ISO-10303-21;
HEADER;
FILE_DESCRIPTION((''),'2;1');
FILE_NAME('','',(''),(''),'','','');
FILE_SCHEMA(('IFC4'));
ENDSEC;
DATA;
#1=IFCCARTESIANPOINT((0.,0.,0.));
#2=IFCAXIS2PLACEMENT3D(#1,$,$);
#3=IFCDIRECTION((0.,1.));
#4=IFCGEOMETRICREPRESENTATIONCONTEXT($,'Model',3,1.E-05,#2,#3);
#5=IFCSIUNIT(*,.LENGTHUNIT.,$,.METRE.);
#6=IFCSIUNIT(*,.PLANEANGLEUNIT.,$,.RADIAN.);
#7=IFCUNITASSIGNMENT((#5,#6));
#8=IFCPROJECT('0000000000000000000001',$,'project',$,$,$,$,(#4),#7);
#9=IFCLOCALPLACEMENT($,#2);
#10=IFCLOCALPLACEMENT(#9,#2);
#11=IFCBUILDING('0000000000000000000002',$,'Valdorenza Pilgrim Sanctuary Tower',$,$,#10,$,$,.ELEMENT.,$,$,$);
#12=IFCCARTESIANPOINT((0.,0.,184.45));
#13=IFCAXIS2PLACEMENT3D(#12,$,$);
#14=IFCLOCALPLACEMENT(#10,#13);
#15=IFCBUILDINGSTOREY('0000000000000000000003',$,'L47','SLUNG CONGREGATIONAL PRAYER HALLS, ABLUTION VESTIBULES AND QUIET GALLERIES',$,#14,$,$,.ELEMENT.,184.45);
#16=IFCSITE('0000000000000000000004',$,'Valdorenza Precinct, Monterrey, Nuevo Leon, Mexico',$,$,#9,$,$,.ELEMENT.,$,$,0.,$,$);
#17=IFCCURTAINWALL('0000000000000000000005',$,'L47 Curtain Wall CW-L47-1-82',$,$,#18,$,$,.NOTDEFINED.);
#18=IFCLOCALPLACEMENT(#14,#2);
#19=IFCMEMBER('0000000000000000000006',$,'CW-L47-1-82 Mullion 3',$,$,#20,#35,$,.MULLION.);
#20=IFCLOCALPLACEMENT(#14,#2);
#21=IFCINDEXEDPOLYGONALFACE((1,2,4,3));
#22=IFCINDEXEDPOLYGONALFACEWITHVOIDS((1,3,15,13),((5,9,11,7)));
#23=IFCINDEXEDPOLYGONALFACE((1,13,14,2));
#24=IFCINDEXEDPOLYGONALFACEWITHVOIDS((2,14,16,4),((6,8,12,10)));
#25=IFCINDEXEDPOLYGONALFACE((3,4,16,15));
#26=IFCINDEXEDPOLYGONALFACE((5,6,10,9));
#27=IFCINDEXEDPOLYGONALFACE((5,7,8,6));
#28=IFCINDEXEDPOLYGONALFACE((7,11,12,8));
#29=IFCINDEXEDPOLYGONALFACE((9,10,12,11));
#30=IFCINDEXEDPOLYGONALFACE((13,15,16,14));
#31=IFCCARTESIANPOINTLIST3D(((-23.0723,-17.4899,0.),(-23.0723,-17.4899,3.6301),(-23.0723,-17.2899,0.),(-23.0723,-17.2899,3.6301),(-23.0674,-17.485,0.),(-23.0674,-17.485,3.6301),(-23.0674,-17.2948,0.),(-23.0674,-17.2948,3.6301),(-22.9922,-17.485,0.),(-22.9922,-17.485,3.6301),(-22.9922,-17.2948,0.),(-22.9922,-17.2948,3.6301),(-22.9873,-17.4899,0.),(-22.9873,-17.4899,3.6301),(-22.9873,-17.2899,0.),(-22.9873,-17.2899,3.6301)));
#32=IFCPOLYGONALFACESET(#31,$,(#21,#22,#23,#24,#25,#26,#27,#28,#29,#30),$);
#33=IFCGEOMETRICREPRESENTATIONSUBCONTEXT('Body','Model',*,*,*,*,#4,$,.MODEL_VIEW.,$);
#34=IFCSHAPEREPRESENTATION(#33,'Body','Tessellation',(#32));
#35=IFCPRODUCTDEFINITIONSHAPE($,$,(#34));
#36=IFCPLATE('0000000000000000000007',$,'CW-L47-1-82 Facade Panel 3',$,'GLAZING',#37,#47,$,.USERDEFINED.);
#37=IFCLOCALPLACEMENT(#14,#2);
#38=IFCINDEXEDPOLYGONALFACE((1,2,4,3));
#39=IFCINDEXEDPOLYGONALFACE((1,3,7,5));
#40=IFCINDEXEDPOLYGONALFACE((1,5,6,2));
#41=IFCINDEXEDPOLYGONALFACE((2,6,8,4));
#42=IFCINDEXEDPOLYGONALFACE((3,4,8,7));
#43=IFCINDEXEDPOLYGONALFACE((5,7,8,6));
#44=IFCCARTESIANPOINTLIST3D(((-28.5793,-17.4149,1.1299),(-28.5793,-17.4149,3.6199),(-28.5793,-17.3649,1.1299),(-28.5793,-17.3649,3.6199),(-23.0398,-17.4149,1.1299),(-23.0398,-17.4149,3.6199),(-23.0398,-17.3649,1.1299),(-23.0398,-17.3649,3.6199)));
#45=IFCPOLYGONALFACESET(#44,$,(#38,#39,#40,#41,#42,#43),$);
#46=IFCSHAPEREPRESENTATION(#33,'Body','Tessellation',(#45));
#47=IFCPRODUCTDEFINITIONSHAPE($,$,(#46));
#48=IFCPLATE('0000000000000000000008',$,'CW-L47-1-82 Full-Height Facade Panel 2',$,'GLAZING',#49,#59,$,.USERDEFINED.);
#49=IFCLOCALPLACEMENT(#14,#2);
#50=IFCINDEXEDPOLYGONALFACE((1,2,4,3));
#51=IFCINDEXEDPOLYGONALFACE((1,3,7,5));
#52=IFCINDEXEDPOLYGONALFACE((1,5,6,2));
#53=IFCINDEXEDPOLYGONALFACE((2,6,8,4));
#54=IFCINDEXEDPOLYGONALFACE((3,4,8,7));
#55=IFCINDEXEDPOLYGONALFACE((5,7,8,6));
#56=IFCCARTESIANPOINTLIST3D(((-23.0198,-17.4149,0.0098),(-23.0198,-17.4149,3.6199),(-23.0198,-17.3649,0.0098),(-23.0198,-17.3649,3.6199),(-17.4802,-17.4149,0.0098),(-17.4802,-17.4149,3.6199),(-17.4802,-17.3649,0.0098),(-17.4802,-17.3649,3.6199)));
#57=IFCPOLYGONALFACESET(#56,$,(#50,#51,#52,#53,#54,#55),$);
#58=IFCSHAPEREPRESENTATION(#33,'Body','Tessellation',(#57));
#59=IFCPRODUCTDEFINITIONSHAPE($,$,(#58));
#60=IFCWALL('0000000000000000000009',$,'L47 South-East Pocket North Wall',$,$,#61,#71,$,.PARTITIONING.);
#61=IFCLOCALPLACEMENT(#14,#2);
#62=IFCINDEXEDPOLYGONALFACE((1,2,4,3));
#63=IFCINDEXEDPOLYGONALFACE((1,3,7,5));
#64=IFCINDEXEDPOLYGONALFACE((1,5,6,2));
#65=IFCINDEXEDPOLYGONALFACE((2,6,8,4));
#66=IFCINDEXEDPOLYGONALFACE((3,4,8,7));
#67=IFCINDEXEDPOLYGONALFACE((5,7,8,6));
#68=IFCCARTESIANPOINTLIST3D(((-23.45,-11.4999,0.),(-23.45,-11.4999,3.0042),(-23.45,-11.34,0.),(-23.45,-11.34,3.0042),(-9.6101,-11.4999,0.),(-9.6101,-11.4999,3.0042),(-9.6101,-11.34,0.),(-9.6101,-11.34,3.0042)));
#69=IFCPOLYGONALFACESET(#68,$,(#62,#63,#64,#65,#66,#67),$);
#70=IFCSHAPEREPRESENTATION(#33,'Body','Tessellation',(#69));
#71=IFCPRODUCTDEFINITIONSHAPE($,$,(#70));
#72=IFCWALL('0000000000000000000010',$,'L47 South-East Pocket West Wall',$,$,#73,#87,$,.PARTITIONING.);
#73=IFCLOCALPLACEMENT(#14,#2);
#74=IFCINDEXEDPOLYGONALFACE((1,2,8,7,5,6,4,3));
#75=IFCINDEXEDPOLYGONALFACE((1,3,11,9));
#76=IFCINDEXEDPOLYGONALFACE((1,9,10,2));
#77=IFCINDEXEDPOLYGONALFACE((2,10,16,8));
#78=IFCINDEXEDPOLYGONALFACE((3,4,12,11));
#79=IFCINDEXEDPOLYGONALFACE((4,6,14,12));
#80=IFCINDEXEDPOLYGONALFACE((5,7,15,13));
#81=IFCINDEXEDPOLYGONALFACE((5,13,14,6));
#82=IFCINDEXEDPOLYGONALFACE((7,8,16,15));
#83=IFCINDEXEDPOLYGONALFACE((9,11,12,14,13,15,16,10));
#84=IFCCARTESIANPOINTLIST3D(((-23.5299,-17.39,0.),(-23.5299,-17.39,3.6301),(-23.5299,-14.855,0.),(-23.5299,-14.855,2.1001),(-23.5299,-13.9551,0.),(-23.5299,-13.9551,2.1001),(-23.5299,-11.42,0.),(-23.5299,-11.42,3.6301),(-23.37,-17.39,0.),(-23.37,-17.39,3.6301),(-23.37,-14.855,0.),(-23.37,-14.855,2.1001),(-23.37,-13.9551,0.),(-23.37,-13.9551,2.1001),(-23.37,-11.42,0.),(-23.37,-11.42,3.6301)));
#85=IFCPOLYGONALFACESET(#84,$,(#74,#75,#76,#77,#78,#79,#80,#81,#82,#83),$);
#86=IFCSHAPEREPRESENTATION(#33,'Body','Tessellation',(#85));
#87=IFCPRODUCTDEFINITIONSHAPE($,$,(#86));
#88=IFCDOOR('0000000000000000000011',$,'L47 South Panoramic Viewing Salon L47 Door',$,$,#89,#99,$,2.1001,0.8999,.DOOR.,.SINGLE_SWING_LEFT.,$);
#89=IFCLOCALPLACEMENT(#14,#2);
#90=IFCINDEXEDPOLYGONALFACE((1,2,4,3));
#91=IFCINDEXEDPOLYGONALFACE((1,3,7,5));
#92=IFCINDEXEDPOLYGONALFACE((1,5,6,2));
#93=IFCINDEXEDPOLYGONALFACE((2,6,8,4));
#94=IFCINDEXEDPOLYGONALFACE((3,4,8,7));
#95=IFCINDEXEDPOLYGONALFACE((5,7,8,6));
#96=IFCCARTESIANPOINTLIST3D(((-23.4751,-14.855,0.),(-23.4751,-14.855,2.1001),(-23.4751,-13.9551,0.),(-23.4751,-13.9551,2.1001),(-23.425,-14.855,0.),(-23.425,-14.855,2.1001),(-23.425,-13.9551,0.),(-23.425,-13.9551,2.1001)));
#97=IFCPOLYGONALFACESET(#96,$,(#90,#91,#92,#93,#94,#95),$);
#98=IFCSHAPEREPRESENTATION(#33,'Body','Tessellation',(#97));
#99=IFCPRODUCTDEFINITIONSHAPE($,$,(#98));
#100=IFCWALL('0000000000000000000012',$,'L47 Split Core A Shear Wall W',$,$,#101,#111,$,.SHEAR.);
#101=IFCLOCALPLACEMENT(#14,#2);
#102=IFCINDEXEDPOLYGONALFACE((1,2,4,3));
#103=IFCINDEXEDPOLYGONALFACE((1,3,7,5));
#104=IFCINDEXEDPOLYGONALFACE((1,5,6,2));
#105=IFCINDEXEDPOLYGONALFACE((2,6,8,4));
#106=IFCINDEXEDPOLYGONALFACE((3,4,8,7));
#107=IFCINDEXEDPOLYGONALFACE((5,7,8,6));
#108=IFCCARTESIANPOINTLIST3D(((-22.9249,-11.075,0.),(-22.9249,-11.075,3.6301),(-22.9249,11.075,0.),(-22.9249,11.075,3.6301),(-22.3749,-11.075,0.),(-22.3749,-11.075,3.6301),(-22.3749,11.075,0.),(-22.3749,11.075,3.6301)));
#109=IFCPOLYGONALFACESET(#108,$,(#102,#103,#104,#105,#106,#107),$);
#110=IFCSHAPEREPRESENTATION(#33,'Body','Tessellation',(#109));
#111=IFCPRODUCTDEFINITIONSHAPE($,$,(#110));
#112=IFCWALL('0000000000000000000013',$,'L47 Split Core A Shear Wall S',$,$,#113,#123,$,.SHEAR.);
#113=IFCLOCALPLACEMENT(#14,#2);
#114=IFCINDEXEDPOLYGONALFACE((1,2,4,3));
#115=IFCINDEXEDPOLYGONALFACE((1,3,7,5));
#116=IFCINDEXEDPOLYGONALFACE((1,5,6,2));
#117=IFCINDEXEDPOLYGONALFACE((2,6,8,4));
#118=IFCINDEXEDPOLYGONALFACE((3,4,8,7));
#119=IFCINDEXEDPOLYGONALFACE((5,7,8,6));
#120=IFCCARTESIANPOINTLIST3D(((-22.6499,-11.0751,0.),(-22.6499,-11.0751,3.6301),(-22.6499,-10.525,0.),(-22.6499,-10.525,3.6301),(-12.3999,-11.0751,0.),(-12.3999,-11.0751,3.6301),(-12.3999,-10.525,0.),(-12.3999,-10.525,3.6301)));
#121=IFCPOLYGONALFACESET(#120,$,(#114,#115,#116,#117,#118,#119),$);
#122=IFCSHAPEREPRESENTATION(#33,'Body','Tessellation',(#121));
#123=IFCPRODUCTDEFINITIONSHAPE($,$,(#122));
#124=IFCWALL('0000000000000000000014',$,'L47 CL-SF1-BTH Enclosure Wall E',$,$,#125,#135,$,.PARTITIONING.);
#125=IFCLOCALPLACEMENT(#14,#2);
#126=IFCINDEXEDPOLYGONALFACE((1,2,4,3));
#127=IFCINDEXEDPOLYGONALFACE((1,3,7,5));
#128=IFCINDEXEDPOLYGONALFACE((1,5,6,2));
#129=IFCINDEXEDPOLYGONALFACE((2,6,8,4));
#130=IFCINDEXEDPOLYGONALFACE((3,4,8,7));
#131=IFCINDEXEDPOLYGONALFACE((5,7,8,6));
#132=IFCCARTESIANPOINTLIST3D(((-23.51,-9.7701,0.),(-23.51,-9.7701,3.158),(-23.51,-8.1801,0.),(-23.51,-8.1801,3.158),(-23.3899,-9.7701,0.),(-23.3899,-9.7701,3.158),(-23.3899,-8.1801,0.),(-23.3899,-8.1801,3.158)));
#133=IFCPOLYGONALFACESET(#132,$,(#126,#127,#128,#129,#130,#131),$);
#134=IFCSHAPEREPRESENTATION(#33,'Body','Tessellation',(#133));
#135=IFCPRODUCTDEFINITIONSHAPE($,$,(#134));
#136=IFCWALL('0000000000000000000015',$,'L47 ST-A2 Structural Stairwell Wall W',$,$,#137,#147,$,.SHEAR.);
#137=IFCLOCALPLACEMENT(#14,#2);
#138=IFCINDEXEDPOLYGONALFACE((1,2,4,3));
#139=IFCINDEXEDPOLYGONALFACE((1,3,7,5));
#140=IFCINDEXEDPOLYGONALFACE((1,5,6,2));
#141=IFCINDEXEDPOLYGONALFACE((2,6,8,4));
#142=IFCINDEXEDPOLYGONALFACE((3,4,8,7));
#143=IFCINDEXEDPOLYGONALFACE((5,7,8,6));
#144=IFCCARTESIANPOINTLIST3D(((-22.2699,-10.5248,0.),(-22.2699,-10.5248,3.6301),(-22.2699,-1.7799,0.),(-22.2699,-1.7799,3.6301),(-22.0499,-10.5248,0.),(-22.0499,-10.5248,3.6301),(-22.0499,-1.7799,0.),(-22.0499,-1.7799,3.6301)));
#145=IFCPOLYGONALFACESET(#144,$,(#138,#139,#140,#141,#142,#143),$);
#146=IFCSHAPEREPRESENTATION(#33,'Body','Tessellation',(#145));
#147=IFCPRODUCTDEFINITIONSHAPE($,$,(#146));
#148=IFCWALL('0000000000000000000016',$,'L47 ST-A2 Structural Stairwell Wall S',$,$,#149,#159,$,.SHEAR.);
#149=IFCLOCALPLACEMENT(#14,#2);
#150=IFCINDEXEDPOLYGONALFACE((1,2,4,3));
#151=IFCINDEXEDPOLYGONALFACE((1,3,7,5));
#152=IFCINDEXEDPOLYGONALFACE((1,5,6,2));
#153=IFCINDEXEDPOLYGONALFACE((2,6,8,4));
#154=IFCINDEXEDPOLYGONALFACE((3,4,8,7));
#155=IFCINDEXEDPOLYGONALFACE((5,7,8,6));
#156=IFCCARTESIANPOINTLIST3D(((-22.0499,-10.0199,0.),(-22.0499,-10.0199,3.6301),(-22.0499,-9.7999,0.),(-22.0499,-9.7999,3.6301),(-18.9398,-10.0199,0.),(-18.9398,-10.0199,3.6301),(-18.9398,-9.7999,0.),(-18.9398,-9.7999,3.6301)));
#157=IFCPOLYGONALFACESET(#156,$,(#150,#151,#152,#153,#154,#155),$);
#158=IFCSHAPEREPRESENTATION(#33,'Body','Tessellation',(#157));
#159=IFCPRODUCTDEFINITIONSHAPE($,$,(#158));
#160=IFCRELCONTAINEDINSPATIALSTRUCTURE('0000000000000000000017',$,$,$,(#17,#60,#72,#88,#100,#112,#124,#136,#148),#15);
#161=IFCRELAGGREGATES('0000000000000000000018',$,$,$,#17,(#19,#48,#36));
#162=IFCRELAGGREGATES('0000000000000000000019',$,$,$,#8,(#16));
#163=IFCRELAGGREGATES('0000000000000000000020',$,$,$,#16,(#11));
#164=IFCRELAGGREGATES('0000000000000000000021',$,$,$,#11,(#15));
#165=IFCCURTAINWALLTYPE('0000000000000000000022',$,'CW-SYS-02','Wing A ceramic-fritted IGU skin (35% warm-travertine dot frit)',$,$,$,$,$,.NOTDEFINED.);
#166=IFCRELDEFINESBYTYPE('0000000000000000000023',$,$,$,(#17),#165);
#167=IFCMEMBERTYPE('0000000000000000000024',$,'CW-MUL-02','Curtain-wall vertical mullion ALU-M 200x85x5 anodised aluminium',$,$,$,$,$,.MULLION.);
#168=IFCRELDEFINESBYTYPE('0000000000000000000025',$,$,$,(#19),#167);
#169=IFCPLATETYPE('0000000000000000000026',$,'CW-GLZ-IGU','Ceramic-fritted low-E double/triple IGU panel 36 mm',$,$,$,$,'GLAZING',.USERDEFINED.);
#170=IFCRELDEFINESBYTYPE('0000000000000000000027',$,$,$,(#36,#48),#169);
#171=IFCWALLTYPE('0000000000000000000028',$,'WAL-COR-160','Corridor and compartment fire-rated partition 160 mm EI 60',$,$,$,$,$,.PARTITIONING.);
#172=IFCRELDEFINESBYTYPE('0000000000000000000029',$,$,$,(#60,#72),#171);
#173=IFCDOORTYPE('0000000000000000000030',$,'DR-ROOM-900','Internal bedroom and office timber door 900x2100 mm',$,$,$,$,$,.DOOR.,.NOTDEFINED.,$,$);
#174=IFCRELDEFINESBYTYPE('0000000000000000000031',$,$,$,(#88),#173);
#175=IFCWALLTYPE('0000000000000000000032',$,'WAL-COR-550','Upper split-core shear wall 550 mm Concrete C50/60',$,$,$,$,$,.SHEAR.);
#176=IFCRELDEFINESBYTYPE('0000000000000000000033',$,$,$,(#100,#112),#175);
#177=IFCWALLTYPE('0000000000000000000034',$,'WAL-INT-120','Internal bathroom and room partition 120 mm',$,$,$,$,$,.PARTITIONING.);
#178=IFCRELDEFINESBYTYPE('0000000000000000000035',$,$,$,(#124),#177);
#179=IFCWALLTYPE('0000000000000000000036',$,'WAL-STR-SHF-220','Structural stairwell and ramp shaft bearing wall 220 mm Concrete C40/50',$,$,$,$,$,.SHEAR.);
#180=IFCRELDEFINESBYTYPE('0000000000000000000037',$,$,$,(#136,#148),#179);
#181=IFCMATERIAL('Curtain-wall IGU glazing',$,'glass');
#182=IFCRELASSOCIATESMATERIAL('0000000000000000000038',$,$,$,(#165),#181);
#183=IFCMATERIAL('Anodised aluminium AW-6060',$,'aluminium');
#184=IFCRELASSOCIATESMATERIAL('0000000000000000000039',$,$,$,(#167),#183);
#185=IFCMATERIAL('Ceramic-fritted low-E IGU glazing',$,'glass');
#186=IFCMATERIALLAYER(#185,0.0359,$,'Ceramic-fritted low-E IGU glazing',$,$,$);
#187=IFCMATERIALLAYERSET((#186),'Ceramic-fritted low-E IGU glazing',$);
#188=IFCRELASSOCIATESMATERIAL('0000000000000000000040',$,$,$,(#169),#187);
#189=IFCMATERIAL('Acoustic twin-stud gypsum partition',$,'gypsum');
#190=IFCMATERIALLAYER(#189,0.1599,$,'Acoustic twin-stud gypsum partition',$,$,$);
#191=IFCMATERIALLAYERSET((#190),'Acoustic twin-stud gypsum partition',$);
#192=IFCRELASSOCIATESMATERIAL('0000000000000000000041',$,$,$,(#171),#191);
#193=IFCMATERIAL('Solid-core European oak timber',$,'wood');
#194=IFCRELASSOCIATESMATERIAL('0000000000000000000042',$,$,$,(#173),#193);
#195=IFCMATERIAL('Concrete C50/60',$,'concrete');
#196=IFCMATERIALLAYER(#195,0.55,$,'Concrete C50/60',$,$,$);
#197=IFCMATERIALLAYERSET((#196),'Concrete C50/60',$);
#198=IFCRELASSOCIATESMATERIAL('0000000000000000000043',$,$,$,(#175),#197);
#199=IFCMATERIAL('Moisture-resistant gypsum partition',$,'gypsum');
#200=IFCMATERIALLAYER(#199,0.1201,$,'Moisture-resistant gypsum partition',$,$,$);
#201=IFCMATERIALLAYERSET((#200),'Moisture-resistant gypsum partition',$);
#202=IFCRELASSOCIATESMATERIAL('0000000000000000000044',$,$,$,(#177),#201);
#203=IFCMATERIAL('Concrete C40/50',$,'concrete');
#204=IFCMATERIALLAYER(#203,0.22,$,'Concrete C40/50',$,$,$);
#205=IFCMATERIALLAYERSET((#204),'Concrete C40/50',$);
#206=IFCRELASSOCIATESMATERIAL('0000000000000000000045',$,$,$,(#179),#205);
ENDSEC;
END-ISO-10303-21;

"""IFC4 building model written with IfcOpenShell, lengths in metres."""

from ifc_helpers import new_model, si_unit, direction, frame, frame_2d, origin, origin_2d, place, context, subcontext, project, spatial, rectangle, hollow_rectangle, extrude, source, transform, mapped, material, layer, layer_set, material_profile, profile_set, type_object, element, fill, aggregate, save


model = new_model("IFC4")

# Units and contexts
model_context = context("Model", 3, precision=1e-05, world=origin(), true_north=direction((0.0, 1.0)))
body_context = subcontext(model_context, "Body", "Model", "MODEL_VIEW")
ifc_project = project(units=[si_unit("LENGTHUNIT", "METRE"), si_unit("PLANEANGLEUNIT", "RADIAN")], contexts=[model_context])

# Site, building, storey
site_placement = place(None, origin())
site = spatial("IfcSite", under=ifc_project, at=site_placement, Name="Valdorenza Precinct, Monterrey, Nuevo Leon, Mexico", CompositionType="ELEMENT", RefElevation=0.0)
building_placement = place(site_placement, origin())
building = spatial("IfcBuilding", under=site, at=building_placement, Name="Valdorenza Pilgrim Sanctuary Tower", CompositionType="ELEMENT")
storey_placement = place(building_placement, frame((0.0, 0.0, 184.45)))
storey = spatial("IfcBuildingStorey", under=building, at=storey_placement, Name="L47", Description="SLUNG CONGREGATIONAL PRAYER HALLS, ABLUTION VESTIBULES AND QUIET GALLERIES", CompositionType="ELEMENT", Elevation=184.45)

# Shared definitions
ifc_material_1 = material(Name="Concrete C50/60", Category="concrete")

# Curtain wall, member, plates
ifc_material_2 = material(Name="Curtain-wall IGU glazing", Category="glass")
curtain_wall_type = type_object("IfcCurtainWallType", Name="CW-SYS-02", Description="Wing A ceramic-fritted IGU skin (35% warm-travertine dot frit)", PredefinedType="NOTDEFINED", material=ifc_material_2)
curtain_wall_placement = place(storey_placement, origin())
curtain_wall = element("IfcCurtainWall", 1, at=curtain_wall_placement, inside=storey, type_object=curtain_wall_type, Name="L47 Curtain Wall CW-L47-1-82", PredefinedType="NOTDEFINED")
ifc_material_3 = material(Name="Anodised aluminium AW-6060", Category="aluminium")
ifc_material_profile_1 = material_profile(ifc_material_3, hollow_rectangle(XDim=0.085, YDim=0.2, WallThickness=0.0049, at=origin_2d()), Name="ALU-M 200x85x5")
ifc_profile_set_1 = profile_set([ifc_material_profile_1], Name="Anodised aluminium AW-6060")
member_type = type_object("IfcMemberType", Name="CW-MUL-02", Description="Curtain-wall vertical mullion ALU-M 200x85x5 anodised aluminium", PredefinedType="MULLION", material=ifc_profile_set_1)
shared_shape_1 = source(origin(), body_context, "Body", "SweptSolid", [
    extrude(hollow_rectangle(XDim=0.085, YDim=0.2, WallThickness=0.0049, at=origin_2d()), origin(), (0.0, 0.0, 1.0), 3.6301),
])
member_placement = place(storey_placement, frame((-23.0298, -17.3899, 0.0), z_axis=(0.0, 0.0, 1.0), x_axis=(-1.0, 0.0, 0.0)))
member = element("IfcMember", 2, at=member_placement, type_object=member_type, Name="CW-L47-1-82 Mullion 3", PredefinedType="MULLION", context=body_context, shape_type="MappedRepresentation", body=[
    mapped(shared_shape_1, transform((0.0, 0.0, 0.0), x_axis=(1.0, 0.0, 0.0), y_axis=(0.0, 1.0, 0.0), z_axis=(0.0, 0.0, 1.0), scale=1.0)),
])
ifc_material_4 = material(Name="Ceramic-fritted low-E IGU glazing", Category="glass")
ifc_layer_1 = layer(ifc_material_4, 0.0359, Name="Ceramic-fritted low-E IGU glazing")
ifc_layer_set_1 = layer_set([ifc_layer_1], Name="Ceramic-fritted low-E IGU glazing")
plate_type = type_object("IfcPlateType", Name="CW-GLZ-IGU", Description="Ceramic-fritted low-E double/triple IGU panel 36 mm", ElementType="GLAZING", PredefinedType="USERDEFINED", material=ifc_layer_set_1)
shared_shape_2 = source(origin(), body_context, "Body", "SweptSolid", [
    extrude(rectangle(XDim=5.5396, YDim=0.05, at=origin_2d()), origin(), (0.0, 0.0, 1.0), 2.49),
])
plate_1_placement = place(storey_placement, frame((-25.8096, -17.3899, 1.1299), z_axis=(0.0, 0.0, 1.0), x_axis=(-1.0, 0.0, 0.0)))
plate_1 = element("IfcPlate", 3, at=plate_1_placement, type_object=plate_type, Name="CW-L47-1-82 Facade Panel 3", ObjectType="GLAZING", PredefinedType="USERDEFINED", context=body_context, shape_type="MappedRepresentation", body=[
    mapped(shared_shape_2, transform((0.0, 0.0, 0.0), x_axis=(1.0, 0.0, 0.0), y_axis=(0.0, 1.0, 0.0), z_axis=(0.0, 0.0, 1.0), scale=1.0)),
])
shared_shape_3 = source(origin(), body_context, "Body", "SweptSolid", [
    extrude(rectangle(XDim=5.5396, YDim=0.05, at=origin_2d()), origin(), (0.0, 0.0, 1.0), 3.6101),
])
plate_2_placement = place(storey_placement, frame((-20.25, -17.3899, 0.0098), z_axis=(0.0, 0.0, 1.0), x_axis=(-1.0, 0.0, 0.0)))
plate_2 = element("IfcPlate", 4, at=plate_2_placement, type_object=plate_type, Name="CW-L47-1-82 Full-Height Facade Panel 2", ObjectType="GLAZING", PredefinedType="USERDEFINED", context=body_context, shape_type="MappedRepresentation", body=[
    mapped(shared_shape_3, transform((0.0, 0.0, 0.0), x_axis=(1.0, 0.0, 0.0), y_axis=(0.0, 1.0, 0.0), z_axis=(0.0, 0.0, 1.0), scale=1.0)),
])
aggregate(curtain_wall, [member, plate_2, plate_1])

# Wall
ifc_material_5 = material(Name="Acoustic twin-stud gypsum partition", Category="gypsum")
ifc_layer_2 = layer(ifc_material_5, 0.1599, Name="Acoustic twin-stud gypsum partition")
ifc_layer_set_2 = layer_set([ifc_layer_2], Name="Acoustic twin-stud gypsum partition")
wall_type_1 = type_object("IfcWallType", Name="WAL-COR-160", Description="Corridor and compartment fire-rated partition 160 mm EI 60", PredefinedType="PARTITIONING", material=ifc_layer_set_2)
wall_1_placement = place(storey_placement, frame((-23.45, -11.4199, 0.0), z_axis=(0.0, 0.0, 1.0), x_axis=(1.0, 0.0, 0.0)))
element("IfcWall", 5, at=wall_1_placement, inside=storey, type_object=wall_type_1, Name="L47 South-East Pocket North Wall", PredefinedType="PARTITIONING", context=body_context, shape_type="SweptSolid", body=[
    extrude(rectangle(XDim=13.8398, YDim=0.1599, at=frame_2d((6.9199, 0.0))), origin(), (0.0, 0.0, 1.0), 3.0042),
])

# Wall, opening, door
wall_2_placement = place(storey_placement, frame((-23.45, -17.3899, 0.0), z_axis=(0.0, 0.0, 1.0), x_axis=(0.0, 1.0, 0.0)))
wall_2 = element("IfcWall", 6, at=wall_2_placement, inside=storey, type_object=wall_type_1, Name="L47 South-East Pocket West Wall", PredefinedType="PARTITIONING", context=body_context, shape_type="SweptSolid", body=[
    extrude(rectangle(XDim=5.97, YDim=0.1599, at=frame_2d((2.9849, 0.0))), origin(), (0.0, 0.0, 1.0), 3.6301),
])
opening_placement = place(wall_2_placement, frame((2.5349, 0.0, 0.0)))
opening = element("IfcOpeningElement", 7, at=opening_placement, cuts=wall_2, PredefinedType="OPENING", context=body_context, shape_type="SweptSolid", body=[
    extrude(rectangle(XDim=0.8999, YDim=2.1001, at=frame_2d((0.45, 1.05))), frame((0.0, 0.0947, 0.0), z_axis=(0.0, -1.0, 0.0), x_axis=(1.0, 0.0, 0.0)), (0.0, 0.0, 1.0), 0.1897),
])
ifc_material_6 = material(Name="Solid-core European oak timber", Category="wood")
door_type = type_object("IfcDoorType", Name="DR-ROOM-900", Description="Internal bedroom and office timber door 900x2100 mm", OperationType="NOTDEFINED", PredefinedType="DOOR", material=ifc_material_6)
door_placement = place(opening_placement, frame((0.8999, 0.0, 0.0), z_axis=(0.0, 0.0, 1.0), x_axis=(-1.0, 0.0, 0.0)))
door = element("IfcDoor", 8, at=door_placement, inside=storey, type_object=door_type, Name="L47 South Panoramic Viewing Salon L47 Door", OperationType="SINGLE_SWING_LEFT", OverallHeight=2.1001, OverallWidth=0.8999, PredefinedType="DOOR", context=body_context, shape_type="SweptSolid", body=[
    extrude(rectangle(XDim=0.8999, YDim=2.1001, at=frame_2d((0.45, 1.05))), frame((0.0, 0.0249, 0.0), z_axis=(0.0, -1.0, 0.0), x_axis=(1.0, 0.0, 0.0)), (0.0, 0.0, 1.0), 0.05),
])
fill(opening, door)

# Walls
ifc_layer_3 = layer(ifc_material_1, 0.55, Name="Concrete C50/60")
ifc_layer_set_3 = layer_set([ifc_layer_3], Name="Concrete C50/60")
wall_type_2 = type_object("IfcWallType", Name="WAL-COR-550", Description="Upper split-core shear wall 550 mm Concrete C50/60", PredefinedType="SHEAR", material=ifc_layer_set_3)
wall_3_placement = place(storey_placement, frame((-22.6499, -11.075, 0.0), z_axis=(0.0, 0.0, 1.0), x_axis=(0.0, 1.0, 0.0)))
element("IfcWall", 9, at=wall_3_placement, inside=storey, type_object=wall_type_2, Name="L47 Split Core A Shear Wall W", PredefinedType="SHEAR", context=body_context, shape_type="SweptSolid", body=[
    extrude(rectangle(XDim=22.1499, YDim=0.55, at=frame_2d((11.075, 0.0))), origin(), (0.0, 0.0, 1.0), 3.6301),
])
wall_4_placement = place(storey_placement, frame((-22.6499, -10.8, 0.0), z_axis=(0.0, 0.0, 1.0), x_axis=(1.0, 0.0, 0.0)))
element("IfcWall", 10, at=wall_4_placement, inside=storey, type_object=wall_type_2, Name="L47 Split Core A Shear Wall S", PredefinedType="SHEAR", context=body_context, shape_type="SweptSolid", body=[
    extrude(rectangle(XDim=10.25, YDim=0.55, at=frame_2d((5.125, 0.0))), origin(), (0.0, 0.0, 1.0), 3.6301),
])
ifc_material_7 = material(Name="Moisture-resistant gypsum partition", Category="gypsum")
ifc_layer_4 = layer(ifc_material_7, 0.1201, Name="Moisture-resistant gypsum partition")
ifc_layer_set_4 = layer_set([ifc_layer_4], Name="Moisture-resistant gypsum partition")
wall_type_3 = type_object("IfcWallType", Name="WAL-INT-120", Description="Internal bathroom and room partition 120 mm", PredefinedType="PARTITIONING", material=ifc_layer_set_4)
wall_5_placement = place(storey_placement, frame((-23.45, -9.77, 0.0), z_axis=(0.0, 0.0, 1.0), x_axis=(0.0, 1.0, 0.0)))
element("IfcWall", 11, at=wall_5_placement, inside=storey, type_object=wall_type_3, Name="L47 CL-SF1-BTH Enclosure Wall E", PredefinedType="PARTITIONING", context=body_context, shape_type="SweptSolid", body=[
    extrude(rectangle(XDim=1.5901, YDim=0.1201, at=frame_2d((0.7949, 0.0))), origin(), (0.0, 0.0, 1.0), 3.158),
])
ifc_material_8 = material(Name="Concrete C40/50", Category="concrete")
ifc_layer_5 = layer(ifc_material_8, 0.22, Name="Concrete C40/50")
ifc_layer_set_5 = layer_set([ifc_layer_5], Name="Concrete C40/50")
wall_type_4 = type_object("IfcWallType", Name="WAL-STR-SHF-220", Description="Structural stairwell and ramp shaft bearing wall 220 mm Concrete C40/50", PredefinedType="SHEAR", material=ifc_layer_set_5)
wall_6_placement = place(storey_placement, frame((-22.1599, -10.5249, 0.0), z_axis=(0.0, 0.0, 1.0), x_axis=(0.0, 1.0, 0.0)))
element("IfcWall", 12, at=wall_6_placement, inside=storey, type_object=wall_type_4, Name="L47 ST-A2 Structural Stairwell Wall W", PredefinedType="SHEAR", context=body_context, shape_type="SweptSolid", body=[
    extrude(rectangle(XDim=8.7449, YDim=0.22, at=frame_2d((4.3726, 0.0))), origin(), (0.0, 0.0, 1.0), 3.6301),
])
wall_7_placement = place(storey_placement, frame((-22.05, -9.9099, 0.0), z_axis=(0.0, 0.0, 1.0), x_axis=(1.0, 0.0, 0.0)))
element("IfcWall", 13, at=wall_7_placement, inside=storey, type_object=wall_type_4, Name="L47 ST-A2 Structural Stairwell Wall S", PredefinedType="SHEAR", context=body_context, shape_type="SweptSolid", body=[
    extrude(rectangle(XDim=3.1101, YDim=0.22, at=frame_2d((1.5552, 0.0))), origin(), (0.0, 0.0, 1.0), 3.6301),
])

save(model, "model.ifc")
